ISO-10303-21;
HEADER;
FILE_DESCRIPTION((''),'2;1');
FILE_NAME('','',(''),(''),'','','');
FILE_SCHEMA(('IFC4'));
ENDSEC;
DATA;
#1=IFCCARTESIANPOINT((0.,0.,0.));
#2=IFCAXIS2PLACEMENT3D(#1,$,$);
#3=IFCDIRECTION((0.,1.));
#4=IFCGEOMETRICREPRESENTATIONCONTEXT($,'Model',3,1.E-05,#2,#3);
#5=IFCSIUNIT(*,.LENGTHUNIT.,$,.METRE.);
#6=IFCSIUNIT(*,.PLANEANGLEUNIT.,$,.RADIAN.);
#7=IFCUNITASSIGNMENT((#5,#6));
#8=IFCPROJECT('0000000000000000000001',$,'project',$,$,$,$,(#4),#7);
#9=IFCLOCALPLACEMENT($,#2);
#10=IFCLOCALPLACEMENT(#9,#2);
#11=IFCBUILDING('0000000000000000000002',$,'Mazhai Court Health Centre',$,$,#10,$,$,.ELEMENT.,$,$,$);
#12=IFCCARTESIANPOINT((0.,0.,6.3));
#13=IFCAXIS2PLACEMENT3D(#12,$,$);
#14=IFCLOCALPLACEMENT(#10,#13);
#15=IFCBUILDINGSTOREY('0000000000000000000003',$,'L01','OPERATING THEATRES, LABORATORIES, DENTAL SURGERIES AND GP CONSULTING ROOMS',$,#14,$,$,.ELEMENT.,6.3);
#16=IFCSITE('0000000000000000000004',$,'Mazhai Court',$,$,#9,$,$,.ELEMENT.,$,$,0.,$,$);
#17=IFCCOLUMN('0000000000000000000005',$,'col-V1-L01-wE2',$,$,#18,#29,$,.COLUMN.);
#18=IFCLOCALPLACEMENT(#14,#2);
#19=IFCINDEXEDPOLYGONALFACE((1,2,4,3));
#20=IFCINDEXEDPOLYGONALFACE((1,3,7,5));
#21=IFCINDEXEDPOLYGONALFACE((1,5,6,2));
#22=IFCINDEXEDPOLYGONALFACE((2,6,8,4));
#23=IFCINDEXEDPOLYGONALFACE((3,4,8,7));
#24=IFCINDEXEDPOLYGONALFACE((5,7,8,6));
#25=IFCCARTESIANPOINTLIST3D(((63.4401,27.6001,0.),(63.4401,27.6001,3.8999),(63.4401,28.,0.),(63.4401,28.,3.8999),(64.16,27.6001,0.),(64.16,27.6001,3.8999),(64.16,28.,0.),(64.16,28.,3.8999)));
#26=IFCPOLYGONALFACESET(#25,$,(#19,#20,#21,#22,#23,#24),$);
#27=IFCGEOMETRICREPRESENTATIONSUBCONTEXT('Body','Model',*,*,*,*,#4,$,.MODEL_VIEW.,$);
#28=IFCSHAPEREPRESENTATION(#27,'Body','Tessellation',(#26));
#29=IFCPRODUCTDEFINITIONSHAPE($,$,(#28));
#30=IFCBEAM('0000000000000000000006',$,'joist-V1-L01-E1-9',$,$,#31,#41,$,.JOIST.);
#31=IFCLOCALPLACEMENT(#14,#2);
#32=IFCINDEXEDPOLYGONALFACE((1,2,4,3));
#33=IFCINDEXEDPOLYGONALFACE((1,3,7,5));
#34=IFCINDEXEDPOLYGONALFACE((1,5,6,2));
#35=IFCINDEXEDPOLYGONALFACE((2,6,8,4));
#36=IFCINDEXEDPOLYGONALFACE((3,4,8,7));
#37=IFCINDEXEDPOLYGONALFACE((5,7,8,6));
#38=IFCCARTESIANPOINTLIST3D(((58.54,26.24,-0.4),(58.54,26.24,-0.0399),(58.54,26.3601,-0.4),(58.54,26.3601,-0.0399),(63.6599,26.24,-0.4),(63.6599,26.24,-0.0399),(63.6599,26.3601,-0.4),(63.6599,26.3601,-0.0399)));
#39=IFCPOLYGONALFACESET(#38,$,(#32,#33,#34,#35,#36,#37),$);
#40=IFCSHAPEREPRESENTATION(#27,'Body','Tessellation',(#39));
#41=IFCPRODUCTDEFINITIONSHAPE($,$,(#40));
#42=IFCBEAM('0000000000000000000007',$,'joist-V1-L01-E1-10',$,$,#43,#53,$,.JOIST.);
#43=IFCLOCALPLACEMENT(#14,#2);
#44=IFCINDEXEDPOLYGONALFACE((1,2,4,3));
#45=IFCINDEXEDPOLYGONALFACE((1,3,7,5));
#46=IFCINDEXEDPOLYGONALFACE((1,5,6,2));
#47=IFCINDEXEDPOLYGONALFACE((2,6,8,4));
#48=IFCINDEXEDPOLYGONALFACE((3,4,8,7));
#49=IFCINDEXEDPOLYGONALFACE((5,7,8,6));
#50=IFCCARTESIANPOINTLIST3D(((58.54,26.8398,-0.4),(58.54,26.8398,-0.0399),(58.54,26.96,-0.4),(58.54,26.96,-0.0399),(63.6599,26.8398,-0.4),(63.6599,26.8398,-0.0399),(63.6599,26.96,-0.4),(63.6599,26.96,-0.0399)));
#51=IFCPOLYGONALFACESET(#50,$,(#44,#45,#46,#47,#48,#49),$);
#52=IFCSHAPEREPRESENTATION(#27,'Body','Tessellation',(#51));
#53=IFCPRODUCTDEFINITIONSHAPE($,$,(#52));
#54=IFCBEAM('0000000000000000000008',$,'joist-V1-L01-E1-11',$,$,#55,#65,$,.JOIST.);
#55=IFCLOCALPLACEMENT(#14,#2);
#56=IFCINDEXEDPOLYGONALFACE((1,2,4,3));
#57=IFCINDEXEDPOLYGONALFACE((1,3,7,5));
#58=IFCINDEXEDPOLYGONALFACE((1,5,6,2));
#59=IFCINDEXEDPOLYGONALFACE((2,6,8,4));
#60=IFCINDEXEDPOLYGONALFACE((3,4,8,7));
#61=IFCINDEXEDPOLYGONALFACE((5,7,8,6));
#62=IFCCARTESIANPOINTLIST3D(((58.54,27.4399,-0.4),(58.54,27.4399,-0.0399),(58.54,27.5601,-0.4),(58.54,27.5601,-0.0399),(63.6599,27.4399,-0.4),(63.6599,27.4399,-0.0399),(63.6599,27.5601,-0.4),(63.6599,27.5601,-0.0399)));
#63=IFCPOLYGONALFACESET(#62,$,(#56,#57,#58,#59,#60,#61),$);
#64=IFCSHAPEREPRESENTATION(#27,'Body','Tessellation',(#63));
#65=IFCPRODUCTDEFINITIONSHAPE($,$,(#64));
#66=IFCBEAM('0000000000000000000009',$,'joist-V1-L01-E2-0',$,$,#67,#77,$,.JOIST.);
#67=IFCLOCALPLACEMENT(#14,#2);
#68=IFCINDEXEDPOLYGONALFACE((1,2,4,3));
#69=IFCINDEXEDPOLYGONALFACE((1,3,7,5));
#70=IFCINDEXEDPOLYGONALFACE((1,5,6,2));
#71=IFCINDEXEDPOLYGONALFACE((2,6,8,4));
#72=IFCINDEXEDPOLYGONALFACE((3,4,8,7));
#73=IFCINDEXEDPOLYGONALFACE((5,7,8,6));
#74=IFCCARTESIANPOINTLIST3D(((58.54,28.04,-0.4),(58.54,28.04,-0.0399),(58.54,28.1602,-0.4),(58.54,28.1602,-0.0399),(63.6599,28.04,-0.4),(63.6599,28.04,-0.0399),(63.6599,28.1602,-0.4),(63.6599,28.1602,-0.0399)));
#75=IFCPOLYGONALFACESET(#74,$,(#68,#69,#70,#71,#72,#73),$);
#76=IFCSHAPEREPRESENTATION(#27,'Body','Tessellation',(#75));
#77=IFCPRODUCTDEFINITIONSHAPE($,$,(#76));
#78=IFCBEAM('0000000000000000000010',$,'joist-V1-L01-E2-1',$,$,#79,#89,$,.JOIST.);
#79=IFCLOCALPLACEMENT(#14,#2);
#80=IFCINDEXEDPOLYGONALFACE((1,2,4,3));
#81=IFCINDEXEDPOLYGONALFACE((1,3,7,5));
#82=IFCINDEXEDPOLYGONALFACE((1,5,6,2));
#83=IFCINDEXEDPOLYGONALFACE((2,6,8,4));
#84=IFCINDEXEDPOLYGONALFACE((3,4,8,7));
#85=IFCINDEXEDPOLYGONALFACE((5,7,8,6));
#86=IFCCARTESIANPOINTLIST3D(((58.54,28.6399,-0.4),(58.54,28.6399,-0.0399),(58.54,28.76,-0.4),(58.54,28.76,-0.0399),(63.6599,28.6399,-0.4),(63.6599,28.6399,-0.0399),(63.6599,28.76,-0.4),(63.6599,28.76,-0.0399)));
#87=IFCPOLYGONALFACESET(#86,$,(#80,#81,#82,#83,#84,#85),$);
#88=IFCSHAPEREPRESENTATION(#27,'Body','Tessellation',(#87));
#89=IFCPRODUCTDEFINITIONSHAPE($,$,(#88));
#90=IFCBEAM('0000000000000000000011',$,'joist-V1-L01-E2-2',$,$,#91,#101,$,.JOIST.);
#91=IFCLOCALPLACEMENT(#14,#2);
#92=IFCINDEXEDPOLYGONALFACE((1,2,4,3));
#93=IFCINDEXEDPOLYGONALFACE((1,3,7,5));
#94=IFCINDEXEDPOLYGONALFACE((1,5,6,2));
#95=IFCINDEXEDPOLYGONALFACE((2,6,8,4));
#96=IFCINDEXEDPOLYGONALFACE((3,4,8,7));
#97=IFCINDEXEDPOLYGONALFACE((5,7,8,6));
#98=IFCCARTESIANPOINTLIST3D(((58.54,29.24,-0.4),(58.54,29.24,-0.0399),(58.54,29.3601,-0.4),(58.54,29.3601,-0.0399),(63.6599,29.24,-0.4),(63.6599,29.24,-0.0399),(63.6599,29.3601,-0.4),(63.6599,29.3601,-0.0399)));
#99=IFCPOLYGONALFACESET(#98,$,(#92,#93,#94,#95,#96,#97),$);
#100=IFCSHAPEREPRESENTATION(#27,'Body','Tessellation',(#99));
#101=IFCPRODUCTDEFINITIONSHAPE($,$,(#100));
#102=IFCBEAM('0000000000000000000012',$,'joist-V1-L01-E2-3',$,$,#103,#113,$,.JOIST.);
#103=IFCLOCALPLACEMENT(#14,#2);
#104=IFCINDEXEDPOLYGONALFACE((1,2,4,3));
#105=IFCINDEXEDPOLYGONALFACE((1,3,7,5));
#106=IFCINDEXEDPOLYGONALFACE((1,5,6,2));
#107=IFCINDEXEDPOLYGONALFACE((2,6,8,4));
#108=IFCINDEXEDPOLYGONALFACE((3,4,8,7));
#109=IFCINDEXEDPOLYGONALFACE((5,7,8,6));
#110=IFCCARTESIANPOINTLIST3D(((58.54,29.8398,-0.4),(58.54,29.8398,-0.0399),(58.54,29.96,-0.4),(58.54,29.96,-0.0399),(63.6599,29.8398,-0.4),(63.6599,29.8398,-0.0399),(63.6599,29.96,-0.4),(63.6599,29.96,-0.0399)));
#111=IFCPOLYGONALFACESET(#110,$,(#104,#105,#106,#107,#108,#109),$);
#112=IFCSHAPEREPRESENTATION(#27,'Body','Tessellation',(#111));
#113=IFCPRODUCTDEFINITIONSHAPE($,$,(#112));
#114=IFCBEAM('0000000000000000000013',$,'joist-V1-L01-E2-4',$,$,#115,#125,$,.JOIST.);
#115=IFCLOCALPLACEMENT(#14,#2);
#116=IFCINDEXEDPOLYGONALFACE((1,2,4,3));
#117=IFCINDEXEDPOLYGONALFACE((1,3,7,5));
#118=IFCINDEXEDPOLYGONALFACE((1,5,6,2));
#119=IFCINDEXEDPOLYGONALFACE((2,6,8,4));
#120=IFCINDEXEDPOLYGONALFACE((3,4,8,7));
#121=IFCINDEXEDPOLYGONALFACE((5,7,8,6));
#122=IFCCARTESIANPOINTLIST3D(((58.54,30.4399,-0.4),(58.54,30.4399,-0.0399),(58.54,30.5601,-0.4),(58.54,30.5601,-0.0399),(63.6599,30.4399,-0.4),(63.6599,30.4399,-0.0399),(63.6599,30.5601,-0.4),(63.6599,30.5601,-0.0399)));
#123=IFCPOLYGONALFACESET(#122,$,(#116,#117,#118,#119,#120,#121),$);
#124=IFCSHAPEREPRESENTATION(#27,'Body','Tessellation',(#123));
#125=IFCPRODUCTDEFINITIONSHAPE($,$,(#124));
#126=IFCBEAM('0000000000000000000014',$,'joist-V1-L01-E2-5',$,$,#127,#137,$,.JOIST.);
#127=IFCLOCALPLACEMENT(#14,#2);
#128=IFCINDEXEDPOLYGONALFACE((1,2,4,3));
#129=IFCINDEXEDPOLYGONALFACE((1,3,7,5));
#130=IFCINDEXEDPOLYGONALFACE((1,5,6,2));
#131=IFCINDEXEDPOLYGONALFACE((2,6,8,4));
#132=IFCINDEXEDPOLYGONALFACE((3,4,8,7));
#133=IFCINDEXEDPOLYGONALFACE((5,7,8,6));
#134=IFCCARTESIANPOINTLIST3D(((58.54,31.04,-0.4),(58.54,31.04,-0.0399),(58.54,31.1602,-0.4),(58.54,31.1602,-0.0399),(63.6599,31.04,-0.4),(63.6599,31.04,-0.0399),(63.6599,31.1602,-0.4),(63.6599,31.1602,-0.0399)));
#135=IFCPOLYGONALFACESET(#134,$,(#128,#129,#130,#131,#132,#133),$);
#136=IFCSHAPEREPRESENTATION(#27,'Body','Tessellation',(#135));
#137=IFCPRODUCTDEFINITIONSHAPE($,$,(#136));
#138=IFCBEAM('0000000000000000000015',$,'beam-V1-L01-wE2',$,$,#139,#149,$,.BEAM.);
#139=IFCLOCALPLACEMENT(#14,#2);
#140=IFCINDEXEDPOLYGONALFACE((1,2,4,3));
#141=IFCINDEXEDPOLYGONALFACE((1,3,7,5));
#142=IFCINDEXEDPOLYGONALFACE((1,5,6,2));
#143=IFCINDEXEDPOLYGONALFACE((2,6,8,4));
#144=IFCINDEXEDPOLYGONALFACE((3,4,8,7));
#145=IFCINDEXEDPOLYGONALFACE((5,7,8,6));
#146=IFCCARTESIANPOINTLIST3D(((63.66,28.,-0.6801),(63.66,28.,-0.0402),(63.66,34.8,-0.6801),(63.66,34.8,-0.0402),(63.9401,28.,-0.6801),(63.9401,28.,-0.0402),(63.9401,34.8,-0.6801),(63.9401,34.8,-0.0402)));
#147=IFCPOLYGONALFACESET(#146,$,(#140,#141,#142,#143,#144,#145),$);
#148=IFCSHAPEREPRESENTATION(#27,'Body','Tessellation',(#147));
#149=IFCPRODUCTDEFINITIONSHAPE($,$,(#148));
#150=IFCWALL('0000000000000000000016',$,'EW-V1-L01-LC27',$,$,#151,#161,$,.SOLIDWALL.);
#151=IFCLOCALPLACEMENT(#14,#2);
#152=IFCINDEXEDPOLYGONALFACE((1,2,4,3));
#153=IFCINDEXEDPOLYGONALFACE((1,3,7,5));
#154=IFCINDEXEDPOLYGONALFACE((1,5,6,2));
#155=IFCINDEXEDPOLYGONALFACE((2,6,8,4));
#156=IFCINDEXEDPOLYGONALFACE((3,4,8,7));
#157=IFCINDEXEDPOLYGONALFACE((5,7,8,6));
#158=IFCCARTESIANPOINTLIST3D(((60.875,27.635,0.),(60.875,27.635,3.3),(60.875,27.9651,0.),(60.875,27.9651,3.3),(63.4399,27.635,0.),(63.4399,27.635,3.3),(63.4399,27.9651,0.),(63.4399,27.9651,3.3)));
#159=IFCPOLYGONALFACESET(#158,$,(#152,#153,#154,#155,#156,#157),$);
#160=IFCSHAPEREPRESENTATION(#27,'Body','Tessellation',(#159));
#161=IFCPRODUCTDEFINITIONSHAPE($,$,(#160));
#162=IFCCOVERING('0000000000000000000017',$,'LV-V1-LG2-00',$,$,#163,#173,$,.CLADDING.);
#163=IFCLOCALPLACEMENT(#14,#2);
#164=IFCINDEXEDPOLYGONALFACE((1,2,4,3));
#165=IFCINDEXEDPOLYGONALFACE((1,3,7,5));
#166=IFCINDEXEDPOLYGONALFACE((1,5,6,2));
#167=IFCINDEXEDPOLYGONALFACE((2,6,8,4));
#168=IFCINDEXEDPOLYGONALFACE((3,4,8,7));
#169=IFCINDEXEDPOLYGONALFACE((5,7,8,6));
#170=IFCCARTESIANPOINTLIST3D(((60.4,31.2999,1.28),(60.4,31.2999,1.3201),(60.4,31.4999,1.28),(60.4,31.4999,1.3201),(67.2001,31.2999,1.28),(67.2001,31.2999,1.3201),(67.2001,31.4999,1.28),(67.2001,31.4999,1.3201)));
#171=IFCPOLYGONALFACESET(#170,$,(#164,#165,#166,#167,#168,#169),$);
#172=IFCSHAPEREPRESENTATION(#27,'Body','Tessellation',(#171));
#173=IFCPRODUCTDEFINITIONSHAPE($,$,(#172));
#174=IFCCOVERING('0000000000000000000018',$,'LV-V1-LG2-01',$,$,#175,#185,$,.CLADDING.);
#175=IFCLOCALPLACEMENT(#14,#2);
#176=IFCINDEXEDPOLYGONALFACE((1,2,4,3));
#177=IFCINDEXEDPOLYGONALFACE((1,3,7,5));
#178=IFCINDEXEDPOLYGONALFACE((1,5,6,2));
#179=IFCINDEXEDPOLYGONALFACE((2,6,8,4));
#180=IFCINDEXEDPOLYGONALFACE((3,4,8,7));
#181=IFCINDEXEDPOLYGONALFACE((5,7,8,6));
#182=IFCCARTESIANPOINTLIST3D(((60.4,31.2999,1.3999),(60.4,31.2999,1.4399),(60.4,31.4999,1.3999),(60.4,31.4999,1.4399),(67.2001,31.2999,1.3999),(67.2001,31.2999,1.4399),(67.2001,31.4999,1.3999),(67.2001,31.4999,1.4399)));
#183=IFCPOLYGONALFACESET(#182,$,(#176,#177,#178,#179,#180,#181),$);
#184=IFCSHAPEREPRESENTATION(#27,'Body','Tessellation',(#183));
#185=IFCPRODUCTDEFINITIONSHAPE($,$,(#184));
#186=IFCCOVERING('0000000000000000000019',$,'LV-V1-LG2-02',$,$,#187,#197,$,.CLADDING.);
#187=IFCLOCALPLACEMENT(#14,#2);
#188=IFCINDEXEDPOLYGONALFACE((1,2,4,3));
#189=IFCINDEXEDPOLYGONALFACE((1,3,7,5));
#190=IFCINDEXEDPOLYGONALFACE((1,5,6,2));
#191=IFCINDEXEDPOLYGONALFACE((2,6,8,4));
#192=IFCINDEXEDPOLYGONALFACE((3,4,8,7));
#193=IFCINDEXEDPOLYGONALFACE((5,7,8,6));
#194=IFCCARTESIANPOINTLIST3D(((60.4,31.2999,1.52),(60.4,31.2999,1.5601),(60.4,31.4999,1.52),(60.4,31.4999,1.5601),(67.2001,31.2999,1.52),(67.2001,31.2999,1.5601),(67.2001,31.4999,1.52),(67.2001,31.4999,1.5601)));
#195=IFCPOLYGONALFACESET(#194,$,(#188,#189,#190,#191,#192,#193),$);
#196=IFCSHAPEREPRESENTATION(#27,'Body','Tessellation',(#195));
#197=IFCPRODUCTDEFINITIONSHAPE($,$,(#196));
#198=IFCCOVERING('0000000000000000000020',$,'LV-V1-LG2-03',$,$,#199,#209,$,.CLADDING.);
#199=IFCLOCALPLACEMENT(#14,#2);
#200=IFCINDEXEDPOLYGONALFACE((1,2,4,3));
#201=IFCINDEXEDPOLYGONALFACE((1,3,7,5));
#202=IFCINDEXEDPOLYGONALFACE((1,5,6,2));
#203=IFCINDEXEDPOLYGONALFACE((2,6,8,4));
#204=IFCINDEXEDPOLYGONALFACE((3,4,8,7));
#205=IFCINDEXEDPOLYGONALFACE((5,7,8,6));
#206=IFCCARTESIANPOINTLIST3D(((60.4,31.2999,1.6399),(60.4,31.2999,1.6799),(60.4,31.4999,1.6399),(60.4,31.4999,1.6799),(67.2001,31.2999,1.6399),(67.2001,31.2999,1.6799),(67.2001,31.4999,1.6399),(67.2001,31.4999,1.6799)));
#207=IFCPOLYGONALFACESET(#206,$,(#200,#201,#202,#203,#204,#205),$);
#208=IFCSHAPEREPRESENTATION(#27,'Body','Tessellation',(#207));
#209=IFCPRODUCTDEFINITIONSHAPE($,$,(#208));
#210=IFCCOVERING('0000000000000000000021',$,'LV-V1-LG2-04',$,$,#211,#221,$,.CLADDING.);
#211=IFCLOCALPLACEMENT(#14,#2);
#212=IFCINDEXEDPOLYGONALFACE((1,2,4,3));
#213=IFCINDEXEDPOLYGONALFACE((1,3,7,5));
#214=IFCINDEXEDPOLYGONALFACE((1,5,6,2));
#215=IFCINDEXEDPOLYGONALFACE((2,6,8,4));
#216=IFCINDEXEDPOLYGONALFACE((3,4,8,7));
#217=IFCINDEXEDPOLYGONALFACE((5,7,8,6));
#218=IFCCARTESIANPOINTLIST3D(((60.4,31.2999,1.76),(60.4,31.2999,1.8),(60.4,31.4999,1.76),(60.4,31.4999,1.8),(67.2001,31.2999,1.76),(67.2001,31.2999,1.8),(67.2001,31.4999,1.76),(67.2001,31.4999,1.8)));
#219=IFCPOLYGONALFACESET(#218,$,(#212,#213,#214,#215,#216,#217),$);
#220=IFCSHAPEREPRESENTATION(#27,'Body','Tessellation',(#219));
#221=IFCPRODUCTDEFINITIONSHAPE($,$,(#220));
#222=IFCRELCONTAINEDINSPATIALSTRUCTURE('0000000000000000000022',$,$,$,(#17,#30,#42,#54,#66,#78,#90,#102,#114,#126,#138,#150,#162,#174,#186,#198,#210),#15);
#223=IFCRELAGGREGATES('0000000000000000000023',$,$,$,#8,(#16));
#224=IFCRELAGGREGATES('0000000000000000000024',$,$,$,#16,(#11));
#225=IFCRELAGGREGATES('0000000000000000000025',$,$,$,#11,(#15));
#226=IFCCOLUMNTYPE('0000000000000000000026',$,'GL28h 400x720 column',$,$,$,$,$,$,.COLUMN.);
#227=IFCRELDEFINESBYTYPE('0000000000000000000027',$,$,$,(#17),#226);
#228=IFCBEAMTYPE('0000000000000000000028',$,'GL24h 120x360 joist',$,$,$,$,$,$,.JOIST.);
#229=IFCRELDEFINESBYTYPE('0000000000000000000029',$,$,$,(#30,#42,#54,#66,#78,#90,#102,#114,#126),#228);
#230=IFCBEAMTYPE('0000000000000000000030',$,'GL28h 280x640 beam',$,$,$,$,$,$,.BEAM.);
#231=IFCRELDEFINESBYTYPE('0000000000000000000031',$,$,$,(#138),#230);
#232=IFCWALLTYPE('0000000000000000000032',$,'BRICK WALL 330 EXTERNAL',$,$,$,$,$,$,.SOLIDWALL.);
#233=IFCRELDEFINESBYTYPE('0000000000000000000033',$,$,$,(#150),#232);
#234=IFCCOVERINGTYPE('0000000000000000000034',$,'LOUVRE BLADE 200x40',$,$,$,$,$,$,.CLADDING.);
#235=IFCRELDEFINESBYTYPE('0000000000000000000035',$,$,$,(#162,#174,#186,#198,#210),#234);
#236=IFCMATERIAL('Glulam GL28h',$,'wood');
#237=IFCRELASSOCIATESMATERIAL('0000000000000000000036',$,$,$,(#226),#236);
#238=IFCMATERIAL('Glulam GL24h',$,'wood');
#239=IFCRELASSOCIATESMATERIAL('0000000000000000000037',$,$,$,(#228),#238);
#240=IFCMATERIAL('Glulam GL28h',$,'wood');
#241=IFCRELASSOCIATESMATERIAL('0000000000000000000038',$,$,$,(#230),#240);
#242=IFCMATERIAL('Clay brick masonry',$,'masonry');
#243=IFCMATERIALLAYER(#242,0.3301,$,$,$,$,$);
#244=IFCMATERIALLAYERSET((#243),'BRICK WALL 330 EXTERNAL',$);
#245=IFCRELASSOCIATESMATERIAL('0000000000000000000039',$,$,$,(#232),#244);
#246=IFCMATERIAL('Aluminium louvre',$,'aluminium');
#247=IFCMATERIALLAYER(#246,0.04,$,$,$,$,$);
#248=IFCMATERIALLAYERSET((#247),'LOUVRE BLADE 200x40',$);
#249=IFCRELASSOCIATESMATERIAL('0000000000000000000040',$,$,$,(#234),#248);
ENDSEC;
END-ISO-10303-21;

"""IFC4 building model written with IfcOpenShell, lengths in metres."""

from ifc_helpers import new_model, si_unit, direction, frame, frame_2d, origin, origin_2d, place, context, subcontext, project, spatial, rectangle, extrude, material, layer, layer_set, material_profile, profile_set, type_object, element, save


model = new_model("IFC4")

# Units and contexts
model_context = context("Model", 3, precision=1e-05, world=origin(), true_north=direction((0.0, 1.0)))
body_context = subcontext(model_context, "Body", "Model", "MODEL_VIEW")
ifc_project = project(units=[si_unit("LENGTHUNIT", "METRE"), si_unit("PLANEANGLEUNIT", "RADIAN")], contexts=[model_context])

# Site, building, storey
site_placement = place(None, origin())
site = spatial("IfcSite", under=ifc_project, at=site_placement, Name="Mazhai Court", CompositionType="ELEMENT", RefElevation=0.0)
building_placement = place(site_placement, origin())
building = spatial("IfcBuilding", under=site, at=building_placement, Name="Mazhai Court Health Centre", CompositionType="ELEMENT")
storey_placement = place(building_placement, frame((0.0, 0.0, 6.3)))
storey = spatial("IfcBuildingStorey", under=building, at=storey_placement, Name="L01", Description="OPERATING THEATRES, LABORATORIES, DENTAL SURGERIES AND GP CONSULTING ROOMS", CompositionType="ELEMENT", Elevation=6.3)

# Column
ifc_material_1 = material(Name="Glulam GL28h", Category="wood")
ifc_material_profile_1 = material_profile(ifc_material_1, rectangle(XDim=0.3999, YDim=0.72, at=origin_2d()), Name="GL28h 400x720")
ifc_profile_set_1 = profile_set([ifc_material_profile_1], Name="Glulam GL28h")
column_type = type_object("IfcColumnType", Name="GL28h 400x720 column", PredefinedType="COLUMN", material=ifc_profile_set_1)
column_placement = place(storey_placement, frame((63.8, 27.8, 0.0), z_axis=(0.0, 0.0, 1.0), x_axis=(0.0, 1.0, 0.0)))
element("IfcColumn", 1, at=column_placement, inside=storey, type_object=column_type, Name="col-V1-L01-wE2", PredefinedType="COLUMN", context=body_context, shape_type="SweptSolid", body=[
    extrude(rectangle(XDim=0.3999, YDim=0.72, at=origin_2d()), origin(), (0.0, 0.0, 1.0), 3.8999),
])

# Beams
ifc_material_2 = material(Name="Glulam GL24h", Category="wood")
ifc_material_profile_2 = material_profile(ifc_material_2, rectangle(XDim=0.1201, YDim=0.3601, at=origin_2d()), Name="GL24h 120x360")
ifc_profile_set_2 = profile_set([ifc_material_profile_2], Name="Glulam GL24h")
beam_type_1 = type_object("IfcBeamType", Name="GL24h 120x360 joist", PredefinedType="JOIST", material=ifc_profile_set_2)
for number, where, z_axis, x_axis, name in (
    (2, (58.54, 26.3, -0.22), (1.0, 0.0, 0.0), (0.0, 1.0, 0.0), "joist-V1-L01-E1-9"),
    (3, (58.54, 26.8999, -0.22), (1.0, 0.0, 0.0), (0.0, 1.0, 0.0), "joist-V1-L01-E1-10"),
    (4, (58.54, 27.5, -0.22), (1.0, 0.0, 0.0), (0.0, 1.0, 0.0), "joist-V1-L01-E1-11"),
    (5, (58.54, 28.1001, -0.22), (1.0, 0.0, 0.0), (0.0, 1.0, 0.0), "joist-V1-L01-E2-0"),
    (6, (58.54, 28.7, -0.22), (1.0, 0.0, 0.0), (0.0, 1.0, 0.0), "joist-V1-L01-E2-1"),
    (7, (58.54, 29.3, -0.22), (1.0, 0.0, 0.0), (0.0, 1.0, 0.0), "joist-V1-L01-E2-2"),
    (8, (58.54, 29.8999, -0.22), (1.0, 0.0, 0.0), (0.0, 1.0, 0.0), "joist-V1-L01-E2-3"),
    (9, (58.54, 30.5, -0.22), (1.0, 0.0, 0.0), (0.0, 1.0, 0.0), "joist-V1-L01-E2-4"),
    (10, (58.54, 31.1001, -0.22), (1.0, 0.0, 0.0), (0.0, 1.0, 0.0), "joist-V1-L01-E2-5"),
):
    element("IfcBeam", number, at=place(storey_placement, frame(where, z_axis=z_axis, x_axis=x_axis)), inside=storey, type_object=beam_type_1, Name=name, PredefinedType="JOIST", context=body_context, shape_type="SweptSolid", body=[
        extrude(rectangle(XDim=0.1201, YDim=0.3601, at=origin_2d()), origin(), (0.0, 0.0, 1.0), 5.1199),
    ])
ifc_material_3 = material(Name="Glulam GL28h", Category="wood")
ifc_material_profile_3 = material_profile(ifc_material_3, rectangle(XDim=0.28, YDim=0.6399, at=origin_2d()), Name="GL28h 280x640")
ifc_profile_set_3 = profile_set([ifc_material_profile_3], Name="Glulam GL28h")
beam_type_2 = type_object("IfcBeamType", Name="GL28h 280x640 beam", PredefinedType="BEAM", material=ifc_profile_set_3)
beam_placement = place(storey_placement, frame((63.8, 28.0, -0.3601), z_axis=(0.0, 1.0, 0.0), x_axis=(-1.0, 0.0, 0.0)))
element("IfcBeam", 11, at=beam_placement, inside=storey, type_object=beam_type_2, Name="beam-V1-L01-wE2", PredefinedType="BEAM", context=body_context, shape_type="SweptSolid", body=[
    extrude(rectangle(XDim=0.28, YDim=0.6399, at=origin_2d()), origin(), (0.0, 0.0, 1.0), 6.8),
])

# Shared definitions
ifc_material_4 = material(Name="Clay brick masonry", Category="masonry")
ifc_layer_1 = layer(ifc_material_4, 0.3301)
ifc_layer_set_1 = layer_set([ifc_layer_1], Name="BRICK WALL 330 EXTERNAL")
wall_type = type_object("IfcWallType", Name="BRICK WALL 330 EXTERNAL", PredefinedType="SOLIDWALL", material=ifc_layer_set_1)

# Wall
wall_1_placement = place(storey_placement, frame((60.875, 27.8, 0.0), z_axis=(0.0, 0.0, 1.0), x_axis=(1.0, 0.0, 0.0)))
element("IfcWall", 12, at=wall_1_placement, inside=storey, type_object=wall_type, Name="EW-V1-L01-LC27", PredefinedType="SOLIDWALL", context=body_context, shape_type="SweptSolid", body=[
    extrude(rectangle(XDim=2.5649, YDim=0.3301, at=frame_2d((1.2825, 0.0))), origin(), (0.0, 0.0, 1.0), 3.3),
])

# Coverings
ifc_material_5 = material(Name="Aluminium louvre", Category="aluminium")
ifc_layer_2 = layer(ifc_material_5, 0.04)
ifc_layer_set_2 = layer_set([ifc_layer_2], Name="LOUVRE BLADE 200x40")
covering_type = type_object("IfcCoveringType", Name="LOUVRE BLADE 200x40", PredefinedType="CLADDING", material=ifc_layer_set_2)
for number, where, z_axis, x_axis, name in (
    (13, (63.8, 31.3999, 1.28), (0.0, 0.0, 1.0), (0.0, 1.0, 0.0), "LV-V1-LG2-00"),
    (14, (63.8, 31.3999, 1.3999), (0.0, 0.0, 1.0), (0.0, 1.0, 0.0), "LV-V1-LG2-01"),
    (15, (63.8, 31.3999, 1.52), (0.0, 0.0, 1.0), (0.0, 1.0, 0.0), "LV-V1-LG2-02"),
    (16, (63.8, 31.3999, 1.6399), (0.0, 0.0, 1.0), (0.0, 1.0, 0.0), "LV-V1-LG2-03"),
    (17, (63.8, 31.3999, 1.76), (0.0, 0.0, 1.0), (0.0, 1.0, 0.0), "LV-V1-LG2-04"),
):
    element("IfcCovering", number, at=place(storey_placement, frame(where, z_axis=z_axis, x_axis=x_axis)), inside=storey, type_object=covering_type, Name=name, PredefinedType="CLADDING", context=body_context, shape_type="SweptSolid", body=[
        extrude(rectangle(XDim=0.2, YDim=6.8, at=origin_2d()), origin(), (0.0, 0.0, 1.0), 0.04),
    ])

save(model, "model.ifc")
